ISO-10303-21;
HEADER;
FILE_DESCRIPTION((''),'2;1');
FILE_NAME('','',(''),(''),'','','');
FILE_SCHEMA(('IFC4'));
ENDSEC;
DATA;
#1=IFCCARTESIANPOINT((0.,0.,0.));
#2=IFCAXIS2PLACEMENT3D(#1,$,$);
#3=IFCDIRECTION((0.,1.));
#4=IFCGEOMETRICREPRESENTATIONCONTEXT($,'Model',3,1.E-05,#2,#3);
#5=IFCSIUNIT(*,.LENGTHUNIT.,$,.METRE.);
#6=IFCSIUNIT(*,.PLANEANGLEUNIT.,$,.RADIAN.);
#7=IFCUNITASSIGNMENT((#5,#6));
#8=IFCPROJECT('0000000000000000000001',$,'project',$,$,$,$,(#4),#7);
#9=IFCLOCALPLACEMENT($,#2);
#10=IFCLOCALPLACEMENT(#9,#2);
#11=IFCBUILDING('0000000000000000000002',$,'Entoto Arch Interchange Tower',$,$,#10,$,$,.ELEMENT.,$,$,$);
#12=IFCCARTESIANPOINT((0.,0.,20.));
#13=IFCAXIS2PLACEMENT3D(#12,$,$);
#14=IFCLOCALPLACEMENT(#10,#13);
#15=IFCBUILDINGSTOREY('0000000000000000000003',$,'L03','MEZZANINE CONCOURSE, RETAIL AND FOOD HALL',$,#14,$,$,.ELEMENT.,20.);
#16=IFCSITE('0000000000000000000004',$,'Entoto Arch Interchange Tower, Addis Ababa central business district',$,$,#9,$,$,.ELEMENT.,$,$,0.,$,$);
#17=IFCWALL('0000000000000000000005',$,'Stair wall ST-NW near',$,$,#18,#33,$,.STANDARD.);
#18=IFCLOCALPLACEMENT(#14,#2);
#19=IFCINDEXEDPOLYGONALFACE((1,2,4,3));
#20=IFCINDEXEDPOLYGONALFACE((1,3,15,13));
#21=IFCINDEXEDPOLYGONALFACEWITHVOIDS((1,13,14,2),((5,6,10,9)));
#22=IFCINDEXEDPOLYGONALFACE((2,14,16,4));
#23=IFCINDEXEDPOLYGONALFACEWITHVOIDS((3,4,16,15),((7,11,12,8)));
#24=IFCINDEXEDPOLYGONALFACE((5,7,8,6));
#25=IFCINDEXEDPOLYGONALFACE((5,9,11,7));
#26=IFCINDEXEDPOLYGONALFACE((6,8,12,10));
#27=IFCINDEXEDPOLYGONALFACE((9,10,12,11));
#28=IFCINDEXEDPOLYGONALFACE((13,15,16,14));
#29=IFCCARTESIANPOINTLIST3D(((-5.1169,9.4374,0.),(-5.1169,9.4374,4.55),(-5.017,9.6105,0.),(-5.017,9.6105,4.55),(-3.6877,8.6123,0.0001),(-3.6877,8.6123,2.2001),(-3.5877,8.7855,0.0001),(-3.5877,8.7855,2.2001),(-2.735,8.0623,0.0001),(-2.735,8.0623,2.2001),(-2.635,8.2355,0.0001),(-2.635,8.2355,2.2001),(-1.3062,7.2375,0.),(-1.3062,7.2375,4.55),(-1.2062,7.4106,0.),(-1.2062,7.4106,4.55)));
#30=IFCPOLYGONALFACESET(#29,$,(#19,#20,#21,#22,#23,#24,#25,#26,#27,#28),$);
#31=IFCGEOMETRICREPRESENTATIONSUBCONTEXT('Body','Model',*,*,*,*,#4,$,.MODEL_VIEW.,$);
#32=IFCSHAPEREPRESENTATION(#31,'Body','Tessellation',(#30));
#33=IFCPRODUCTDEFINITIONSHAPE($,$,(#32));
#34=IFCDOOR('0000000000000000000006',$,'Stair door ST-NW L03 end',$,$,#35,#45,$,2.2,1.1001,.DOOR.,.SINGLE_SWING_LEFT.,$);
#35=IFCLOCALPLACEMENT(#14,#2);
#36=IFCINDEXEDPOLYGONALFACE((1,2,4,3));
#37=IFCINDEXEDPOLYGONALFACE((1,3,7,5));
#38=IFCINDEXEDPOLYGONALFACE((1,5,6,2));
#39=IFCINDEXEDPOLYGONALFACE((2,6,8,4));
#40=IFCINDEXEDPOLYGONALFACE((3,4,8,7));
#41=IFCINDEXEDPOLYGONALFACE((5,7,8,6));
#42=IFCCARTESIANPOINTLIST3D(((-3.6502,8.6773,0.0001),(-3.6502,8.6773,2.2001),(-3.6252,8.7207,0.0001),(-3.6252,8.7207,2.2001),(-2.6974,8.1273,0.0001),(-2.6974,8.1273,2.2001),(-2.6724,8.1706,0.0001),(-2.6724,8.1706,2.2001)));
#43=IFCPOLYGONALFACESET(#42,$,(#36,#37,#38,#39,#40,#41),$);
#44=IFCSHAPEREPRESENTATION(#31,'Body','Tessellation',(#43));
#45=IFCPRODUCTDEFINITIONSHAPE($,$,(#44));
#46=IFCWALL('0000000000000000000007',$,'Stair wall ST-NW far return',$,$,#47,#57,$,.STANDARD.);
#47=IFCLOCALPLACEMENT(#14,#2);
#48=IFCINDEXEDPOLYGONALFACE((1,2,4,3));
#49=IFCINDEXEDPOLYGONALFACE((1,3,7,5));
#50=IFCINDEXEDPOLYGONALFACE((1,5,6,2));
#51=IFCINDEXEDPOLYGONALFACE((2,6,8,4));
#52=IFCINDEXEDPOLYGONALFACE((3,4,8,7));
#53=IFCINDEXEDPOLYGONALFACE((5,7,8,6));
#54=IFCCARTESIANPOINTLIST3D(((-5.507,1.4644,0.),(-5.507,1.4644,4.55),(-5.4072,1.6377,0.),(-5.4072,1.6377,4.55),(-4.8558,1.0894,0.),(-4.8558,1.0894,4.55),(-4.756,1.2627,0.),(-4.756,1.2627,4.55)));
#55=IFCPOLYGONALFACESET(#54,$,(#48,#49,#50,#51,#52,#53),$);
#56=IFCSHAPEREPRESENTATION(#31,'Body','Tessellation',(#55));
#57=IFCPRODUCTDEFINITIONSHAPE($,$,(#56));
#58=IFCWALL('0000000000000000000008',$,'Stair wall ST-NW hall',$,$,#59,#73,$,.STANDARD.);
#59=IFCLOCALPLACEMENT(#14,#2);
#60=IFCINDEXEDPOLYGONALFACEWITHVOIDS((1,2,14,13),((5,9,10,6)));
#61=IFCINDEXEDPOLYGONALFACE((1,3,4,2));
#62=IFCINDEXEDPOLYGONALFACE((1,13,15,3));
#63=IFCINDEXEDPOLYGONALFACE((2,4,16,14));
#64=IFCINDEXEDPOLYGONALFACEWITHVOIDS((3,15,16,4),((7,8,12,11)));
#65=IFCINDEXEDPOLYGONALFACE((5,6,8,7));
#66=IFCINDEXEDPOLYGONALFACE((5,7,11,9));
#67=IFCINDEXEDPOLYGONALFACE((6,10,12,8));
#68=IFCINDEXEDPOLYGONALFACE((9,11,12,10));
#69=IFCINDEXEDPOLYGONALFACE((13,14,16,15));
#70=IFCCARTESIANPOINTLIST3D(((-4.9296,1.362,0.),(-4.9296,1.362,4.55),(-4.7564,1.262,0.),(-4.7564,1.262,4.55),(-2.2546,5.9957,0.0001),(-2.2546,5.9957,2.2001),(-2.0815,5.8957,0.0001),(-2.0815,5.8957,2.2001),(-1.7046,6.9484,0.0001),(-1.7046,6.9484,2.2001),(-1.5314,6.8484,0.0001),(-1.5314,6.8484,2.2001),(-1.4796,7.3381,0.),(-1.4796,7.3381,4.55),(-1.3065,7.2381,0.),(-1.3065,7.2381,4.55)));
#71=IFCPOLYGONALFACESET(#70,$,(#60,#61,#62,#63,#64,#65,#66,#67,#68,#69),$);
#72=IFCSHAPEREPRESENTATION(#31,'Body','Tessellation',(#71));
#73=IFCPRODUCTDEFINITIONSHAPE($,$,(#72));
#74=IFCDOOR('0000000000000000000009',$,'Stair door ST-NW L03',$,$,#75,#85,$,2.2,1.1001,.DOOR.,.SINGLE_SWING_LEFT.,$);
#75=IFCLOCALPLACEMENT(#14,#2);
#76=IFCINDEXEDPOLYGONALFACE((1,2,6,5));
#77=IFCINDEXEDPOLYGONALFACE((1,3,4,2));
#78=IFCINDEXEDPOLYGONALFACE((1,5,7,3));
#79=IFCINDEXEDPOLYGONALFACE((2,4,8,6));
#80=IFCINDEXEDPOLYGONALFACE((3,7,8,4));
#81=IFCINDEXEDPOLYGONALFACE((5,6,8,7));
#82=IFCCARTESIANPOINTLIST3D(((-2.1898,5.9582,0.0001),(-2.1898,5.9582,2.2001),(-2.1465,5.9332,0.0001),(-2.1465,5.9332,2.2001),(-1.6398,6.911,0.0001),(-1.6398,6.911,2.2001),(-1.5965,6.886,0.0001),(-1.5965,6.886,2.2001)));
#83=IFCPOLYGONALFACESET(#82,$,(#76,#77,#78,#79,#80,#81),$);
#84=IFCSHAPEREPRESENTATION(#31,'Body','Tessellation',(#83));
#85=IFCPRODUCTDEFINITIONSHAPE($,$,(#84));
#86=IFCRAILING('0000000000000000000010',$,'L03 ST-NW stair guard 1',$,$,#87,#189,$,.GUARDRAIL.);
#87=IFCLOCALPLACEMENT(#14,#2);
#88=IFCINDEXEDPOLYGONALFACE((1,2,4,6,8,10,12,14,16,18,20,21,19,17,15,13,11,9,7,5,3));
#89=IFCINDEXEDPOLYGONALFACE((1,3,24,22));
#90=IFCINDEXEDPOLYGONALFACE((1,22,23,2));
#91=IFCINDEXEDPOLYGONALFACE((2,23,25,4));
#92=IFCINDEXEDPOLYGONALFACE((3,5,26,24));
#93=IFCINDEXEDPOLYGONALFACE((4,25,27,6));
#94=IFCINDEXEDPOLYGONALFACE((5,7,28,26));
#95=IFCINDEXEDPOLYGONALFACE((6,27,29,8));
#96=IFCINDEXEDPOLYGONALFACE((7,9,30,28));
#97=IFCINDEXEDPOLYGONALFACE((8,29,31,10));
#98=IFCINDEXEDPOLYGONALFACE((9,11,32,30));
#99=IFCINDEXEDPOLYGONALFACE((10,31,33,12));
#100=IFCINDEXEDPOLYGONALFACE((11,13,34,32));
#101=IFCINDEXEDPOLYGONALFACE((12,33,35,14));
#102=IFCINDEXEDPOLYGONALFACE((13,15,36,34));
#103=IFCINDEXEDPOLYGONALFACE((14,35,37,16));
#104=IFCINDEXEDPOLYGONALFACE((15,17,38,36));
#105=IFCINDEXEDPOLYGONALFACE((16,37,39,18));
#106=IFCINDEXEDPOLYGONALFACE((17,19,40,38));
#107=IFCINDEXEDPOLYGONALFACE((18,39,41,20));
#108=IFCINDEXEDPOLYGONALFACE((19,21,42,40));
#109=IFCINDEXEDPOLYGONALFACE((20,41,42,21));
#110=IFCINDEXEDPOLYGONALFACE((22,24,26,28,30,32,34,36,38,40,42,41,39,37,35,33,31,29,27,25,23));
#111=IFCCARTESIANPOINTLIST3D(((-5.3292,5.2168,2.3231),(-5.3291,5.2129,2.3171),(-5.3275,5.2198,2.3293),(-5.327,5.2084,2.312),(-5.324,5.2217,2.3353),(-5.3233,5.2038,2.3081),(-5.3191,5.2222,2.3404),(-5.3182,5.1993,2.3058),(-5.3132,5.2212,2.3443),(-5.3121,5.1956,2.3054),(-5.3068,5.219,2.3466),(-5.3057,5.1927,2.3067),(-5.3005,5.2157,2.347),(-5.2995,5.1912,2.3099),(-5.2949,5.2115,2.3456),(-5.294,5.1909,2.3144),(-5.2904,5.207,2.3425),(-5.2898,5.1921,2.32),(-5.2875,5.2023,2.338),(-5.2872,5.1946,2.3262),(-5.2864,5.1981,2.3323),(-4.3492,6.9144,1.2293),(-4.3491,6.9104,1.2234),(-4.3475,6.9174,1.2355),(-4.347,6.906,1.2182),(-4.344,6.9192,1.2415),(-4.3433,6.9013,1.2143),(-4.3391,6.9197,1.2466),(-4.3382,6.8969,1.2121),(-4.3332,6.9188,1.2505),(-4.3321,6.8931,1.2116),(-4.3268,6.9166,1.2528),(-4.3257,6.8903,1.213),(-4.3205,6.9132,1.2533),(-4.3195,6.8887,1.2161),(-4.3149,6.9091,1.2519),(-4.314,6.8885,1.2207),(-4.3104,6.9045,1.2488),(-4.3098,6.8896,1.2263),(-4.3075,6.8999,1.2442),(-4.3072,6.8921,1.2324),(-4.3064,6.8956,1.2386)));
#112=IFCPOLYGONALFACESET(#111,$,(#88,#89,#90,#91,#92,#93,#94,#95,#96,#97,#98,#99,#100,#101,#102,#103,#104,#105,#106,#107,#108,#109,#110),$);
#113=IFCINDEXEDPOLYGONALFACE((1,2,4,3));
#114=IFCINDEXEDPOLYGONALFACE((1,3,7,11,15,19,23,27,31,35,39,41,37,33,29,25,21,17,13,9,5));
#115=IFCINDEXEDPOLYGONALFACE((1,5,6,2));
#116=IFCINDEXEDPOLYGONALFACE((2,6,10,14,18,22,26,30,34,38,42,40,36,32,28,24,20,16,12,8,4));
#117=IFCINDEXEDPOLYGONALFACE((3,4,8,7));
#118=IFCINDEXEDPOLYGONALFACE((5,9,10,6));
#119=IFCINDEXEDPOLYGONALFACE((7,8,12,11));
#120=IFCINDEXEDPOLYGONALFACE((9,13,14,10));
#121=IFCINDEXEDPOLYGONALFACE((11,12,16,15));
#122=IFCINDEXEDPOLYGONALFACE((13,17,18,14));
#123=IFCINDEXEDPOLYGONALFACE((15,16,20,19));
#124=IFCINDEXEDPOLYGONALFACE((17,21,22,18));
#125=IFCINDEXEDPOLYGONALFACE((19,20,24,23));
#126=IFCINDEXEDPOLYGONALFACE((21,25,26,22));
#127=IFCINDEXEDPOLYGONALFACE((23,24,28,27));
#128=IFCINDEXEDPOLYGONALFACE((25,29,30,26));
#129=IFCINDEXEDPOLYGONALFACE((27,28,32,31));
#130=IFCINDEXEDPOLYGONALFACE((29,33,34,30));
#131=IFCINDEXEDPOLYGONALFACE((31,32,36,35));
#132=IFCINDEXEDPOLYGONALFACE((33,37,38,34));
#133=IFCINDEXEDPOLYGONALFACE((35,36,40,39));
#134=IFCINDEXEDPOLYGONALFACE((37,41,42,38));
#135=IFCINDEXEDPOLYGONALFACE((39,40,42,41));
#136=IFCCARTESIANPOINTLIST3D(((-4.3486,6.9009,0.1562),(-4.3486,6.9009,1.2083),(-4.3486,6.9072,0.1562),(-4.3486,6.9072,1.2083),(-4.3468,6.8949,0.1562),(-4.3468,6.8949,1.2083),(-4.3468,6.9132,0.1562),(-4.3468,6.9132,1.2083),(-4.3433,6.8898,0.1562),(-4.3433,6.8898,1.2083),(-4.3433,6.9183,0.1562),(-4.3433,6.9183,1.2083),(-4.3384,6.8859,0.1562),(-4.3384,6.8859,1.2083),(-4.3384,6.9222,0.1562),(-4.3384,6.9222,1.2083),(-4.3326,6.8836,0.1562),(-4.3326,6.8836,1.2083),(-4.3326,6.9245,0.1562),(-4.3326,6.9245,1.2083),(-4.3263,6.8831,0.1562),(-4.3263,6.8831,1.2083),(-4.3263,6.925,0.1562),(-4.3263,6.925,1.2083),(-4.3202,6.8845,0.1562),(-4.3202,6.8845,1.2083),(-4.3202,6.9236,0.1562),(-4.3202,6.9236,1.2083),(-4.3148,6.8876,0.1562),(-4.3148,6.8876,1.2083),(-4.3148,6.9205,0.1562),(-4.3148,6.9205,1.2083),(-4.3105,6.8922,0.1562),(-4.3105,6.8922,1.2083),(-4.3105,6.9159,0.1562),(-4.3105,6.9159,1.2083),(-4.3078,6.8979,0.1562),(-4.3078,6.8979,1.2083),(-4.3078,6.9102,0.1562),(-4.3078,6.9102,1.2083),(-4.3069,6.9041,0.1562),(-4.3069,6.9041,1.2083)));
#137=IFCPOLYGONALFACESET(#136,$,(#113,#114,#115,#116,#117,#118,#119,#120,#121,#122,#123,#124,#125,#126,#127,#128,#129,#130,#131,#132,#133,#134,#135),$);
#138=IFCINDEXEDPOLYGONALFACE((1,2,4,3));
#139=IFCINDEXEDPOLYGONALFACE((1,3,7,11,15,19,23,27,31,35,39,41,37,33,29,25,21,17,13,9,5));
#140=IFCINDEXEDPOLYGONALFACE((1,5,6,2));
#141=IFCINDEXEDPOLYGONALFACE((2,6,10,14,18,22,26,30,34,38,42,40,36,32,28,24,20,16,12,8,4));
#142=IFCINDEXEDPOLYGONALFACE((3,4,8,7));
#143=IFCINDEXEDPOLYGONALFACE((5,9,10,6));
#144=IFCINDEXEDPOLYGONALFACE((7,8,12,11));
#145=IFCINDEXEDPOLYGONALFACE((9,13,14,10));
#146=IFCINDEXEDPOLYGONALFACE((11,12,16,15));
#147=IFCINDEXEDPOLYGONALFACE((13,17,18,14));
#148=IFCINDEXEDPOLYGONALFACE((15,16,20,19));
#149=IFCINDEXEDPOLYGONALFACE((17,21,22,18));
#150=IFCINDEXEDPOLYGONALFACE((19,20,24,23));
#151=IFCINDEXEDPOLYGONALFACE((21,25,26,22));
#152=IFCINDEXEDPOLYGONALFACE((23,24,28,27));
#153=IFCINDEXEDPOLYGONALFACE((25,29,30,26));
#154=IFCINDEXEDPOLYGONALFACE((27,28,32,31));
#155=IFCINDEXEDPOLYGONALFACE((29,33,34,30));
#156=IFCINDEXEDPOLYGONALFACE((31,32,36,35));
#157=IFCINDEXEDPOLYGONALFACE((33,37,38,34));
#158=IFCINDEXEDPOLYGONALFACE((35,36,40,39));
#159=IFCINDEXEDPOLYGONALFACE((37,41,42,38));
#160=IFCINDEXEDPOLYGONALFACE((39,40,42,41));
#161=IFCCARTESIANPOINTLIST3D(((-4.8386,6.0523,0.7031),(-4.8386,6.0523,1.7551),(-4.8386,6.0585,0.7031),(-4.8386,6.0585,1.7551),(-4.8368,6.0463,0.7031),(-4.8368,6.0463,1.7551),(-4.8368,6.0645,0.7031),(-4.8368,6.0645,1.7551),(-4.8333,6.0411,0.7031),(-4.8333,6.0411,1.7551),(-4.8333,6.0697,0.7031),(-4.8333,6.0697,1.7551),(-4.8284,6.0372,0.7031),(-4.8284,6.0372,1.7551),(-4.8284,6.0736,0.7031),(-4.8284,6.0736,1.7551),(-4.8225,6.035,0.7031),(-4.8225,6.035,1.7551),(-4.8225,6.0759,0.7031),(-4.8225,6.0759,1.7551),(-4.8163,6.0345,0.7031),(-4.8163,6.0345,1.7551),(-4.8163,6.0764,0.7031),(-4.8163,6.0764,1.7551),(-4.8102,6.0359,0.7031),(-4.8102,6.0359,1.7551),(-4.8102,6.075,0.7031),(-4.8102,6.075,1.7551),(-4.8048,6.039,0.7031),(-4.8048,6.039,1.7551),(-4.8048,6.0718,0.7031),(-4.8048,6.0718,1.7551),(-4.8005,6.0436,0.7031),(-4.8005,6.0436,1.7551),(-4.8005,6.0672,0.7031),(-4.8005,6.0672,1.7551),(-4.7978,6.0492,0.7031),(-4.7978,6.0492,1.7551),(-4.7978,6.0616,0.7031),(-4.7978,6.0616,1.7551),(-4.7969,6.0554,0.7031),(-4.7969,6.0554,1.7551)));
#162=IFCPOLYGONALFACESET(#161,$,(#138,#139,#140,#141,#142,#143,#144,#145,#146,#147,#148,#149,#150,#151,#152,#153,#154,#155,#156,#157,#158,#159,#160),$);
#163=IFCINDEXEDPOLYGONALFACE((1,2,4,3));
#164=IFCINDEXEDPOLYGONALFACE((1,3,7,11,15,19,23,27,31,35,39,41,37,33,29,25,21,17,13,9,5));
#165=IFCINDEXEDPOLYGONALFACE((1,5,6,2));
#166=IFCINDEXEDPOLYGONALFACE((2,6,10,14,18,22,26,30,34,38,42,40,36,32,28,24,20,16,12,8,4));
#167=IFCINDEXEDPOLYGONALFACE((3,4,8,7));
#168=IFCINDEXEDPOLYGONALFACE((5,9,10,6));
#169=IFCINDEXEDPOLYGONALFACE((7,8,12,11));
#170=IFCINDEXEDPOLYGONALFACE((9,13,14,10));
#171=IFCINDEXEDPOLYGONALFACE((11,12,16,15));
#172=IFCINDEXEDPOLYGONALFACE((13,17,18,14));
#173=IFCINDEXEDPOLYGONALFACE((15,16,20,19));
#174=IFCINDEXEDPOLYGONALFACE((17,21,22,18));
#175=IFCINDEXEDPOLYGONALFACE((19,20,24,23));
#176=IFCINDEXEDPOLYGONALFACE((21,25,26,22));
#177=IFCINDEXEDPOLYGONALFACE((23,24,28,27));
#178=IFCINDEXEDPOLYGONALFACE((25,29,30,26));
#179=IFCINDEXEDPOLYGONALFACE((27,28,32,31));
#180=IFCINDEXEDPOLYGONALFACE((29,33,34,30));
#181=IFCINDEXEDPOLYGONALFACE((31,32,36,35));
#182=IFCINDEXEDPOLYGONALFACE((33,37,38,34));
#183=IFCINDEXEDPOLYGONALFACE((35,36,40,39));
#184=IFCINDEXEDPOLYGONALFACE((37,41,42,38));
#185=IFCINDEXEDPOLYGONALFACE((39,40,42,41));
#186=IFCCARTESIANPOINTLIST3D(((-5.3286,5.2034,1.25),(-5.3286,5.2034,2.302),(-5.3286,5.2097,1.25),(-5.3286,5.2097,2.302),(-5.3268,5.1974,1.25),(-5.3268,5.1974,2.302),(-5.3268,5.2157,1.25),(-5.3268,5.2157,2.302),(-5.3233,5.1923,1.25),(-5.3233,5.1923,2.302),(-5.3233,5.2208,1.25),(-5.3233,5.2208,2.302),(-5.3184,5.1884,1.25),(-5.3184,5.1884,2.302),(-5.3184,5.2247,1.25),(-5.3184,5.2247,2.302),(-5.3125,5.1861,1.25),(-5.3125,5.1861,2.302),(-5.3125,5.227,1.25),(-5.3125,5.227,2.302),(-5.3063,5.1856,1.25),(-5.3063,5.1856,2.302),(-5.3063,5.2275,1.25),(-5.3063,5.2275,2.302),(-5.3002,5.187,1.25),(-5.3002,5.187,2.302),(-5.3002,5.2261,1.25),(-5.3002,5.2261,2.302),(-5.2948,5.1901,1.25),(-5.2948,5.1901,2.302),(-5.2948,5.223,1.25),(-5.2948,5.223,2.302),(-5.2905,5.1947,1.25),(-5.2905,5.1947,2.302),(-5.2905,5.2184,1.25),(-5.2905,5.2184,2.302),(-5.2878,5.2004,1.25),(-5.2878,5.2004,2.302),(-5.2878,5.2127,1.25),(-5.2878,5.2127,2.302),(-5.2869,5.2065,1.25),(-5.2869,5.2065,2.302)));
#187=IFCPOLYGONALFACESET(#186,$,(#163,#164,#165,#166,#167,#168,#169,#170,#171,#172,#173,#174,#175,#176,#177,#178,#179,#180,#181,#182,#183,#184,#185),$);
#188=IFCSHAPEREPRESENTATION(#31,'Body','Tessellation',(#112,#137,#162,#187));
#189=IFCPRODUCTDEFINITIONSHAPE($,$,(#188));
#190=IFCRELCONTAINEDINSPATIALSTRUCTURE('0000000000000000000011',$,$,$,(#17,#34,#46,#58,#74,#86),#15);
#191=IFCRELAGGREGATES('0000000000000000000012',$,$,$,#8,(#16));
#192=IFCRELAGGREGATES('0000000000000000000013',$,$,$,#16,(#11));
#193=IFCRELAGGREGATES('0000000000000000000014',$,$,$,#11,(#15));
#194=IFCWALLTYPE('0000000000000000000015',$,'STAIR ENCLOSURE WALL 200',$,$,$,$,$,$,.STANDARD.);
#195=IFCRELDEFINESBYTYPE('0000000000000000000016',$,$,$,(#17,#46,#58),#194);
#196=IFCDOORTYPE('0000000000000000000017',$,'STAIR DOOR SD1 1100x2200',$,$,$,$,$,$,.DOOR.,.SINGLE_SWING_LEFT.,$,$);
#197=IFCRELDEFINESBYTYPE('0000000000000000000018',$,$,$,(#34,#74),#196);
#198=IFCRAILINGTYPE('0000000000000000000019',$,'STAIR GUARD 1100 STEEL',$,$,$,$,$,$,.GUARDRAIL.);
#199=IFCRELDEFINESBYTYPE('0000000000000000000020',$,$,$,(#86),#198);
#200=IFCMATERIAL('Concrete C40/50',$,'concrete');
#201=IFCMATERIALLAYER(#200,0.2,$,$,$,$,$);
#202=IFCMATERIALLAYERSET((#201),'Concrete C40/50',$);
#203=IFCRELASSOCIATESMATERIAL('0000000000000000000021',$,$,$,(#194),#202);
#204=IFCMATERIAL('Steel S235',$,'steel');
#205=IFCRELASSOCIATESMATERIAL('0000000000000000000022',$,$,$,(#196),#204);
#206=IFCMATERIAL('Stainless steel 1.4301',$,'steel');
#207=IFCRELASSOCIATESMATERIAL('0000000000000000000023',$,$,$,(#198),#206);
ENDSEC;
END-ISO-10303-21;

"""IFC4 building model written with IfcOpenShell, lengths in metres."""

from ifc_helpers import new_model, si_unit, direction, frame, frame_2d, origin, origin_2d, place, context, subcontext, project, spatial, rectangle, circle, extrude, material, layer, layer_set, type_object, element, fill, save


model = new_model("IFC4")

# Units and contexts
model_context = context("Model", 3, precision=1e-05, world=origin(), true_north=direction((0.0, 1.0)))
body_context = subcontext(model_context, "Body", "Model", "MODEL_VIEW")
ifc_project = project(units=[si_unit("LENGTHUNIT", "METRE"), si_unit("PLANEANGLEUNIT", "RADIAN")], contexts=[model_context])

# Site, building, storey
site_placement = place(None, origin())
site = spatial("IfcSite", under=ifc_project, at=site_placement, Name="Entoto Arch Interchange Tower, Addis Ababa central business district", CompositionType="ELEMENT", RefElevation=0.0)
building_placement = place(site_placement, origin())
building = spatial("IfcBuilding", under=site, at=building_placement, Name="Entoto Arch Interchange Tower", CompositionType="ELEMENT")
storey_placement = place(building_placement, frame((0.0, 0.0, 20.0)))
storey = spatial("IfcBuildingStorey", under=building, at=storey_placement, Name="L03", Description="MEZZANINE CONCOURSE, RETAIL AND FOOD HALL", CompositionType="ELEMENT", Elevation=20.0)

# Wall, opening, door
ifc_material_1 = material(Name="Concrete C40/50", Category="concrete")
ifc_layer_1 = layer(ifc_material_1, 0.2)
ifc_layer_set_1 = layer_set([ifc_layer_1], Name="Concrete C40/50")
wall_type_1 = type_object("IfcWallType", Name="STAIR ENCLOSURE WALL 200", PredefinedType="STANDARD", material=ifc_layer_set_1)
wall_1_placement = place(storey_placement, frame((-1.2561, 7.324, 0.0), z_axis=(0.0, 0.0, 1.0), x_axis=(-0.866046, 0.499964, 0.0)))
wall_1 = element("IfcWall", 1, at=wall_1_placement, inside=storey, type_object=wall_type_1, Name="Stair wall ST-NW near", PredefinedType="STANDARD", context=body_context, shape_type="SweptSolid", body=[
    extrude(rectangle(XDim=4.4001, YDim=0.2, at=frame_2d((2.2002, 0.0))), origin(), (0.0, 0.0, 1.0), 4.55),
])
opening_1_placement = place(wall_1_placement, frame((1.6499, 0.0, 0.0)))
opening_1 = element("IfcOpeningElement", 2, at=opening_1_placement, cuts=wall_1, PredefinedType="OPENING", context=body_context, shape_type="SweptSolid", body=[
    extrude(rectangle(XDim=1.1001, YDim=2.2, at=frame_2d((0.55, 1.1001))), frame((0.0, 0.1099, 0.0), z_axis=(0.0, -1.0, 0.0), x_axis=(1.0, 0.0, 0.0)), (0.0, 0.0, 1.0), 0.22),
])
ifc_material_2 = material(Name="Steel S235", Category="steel")
door_type_1 = type_object("IfcDoorType", Name="STAIR DOOR SD1 1100x2200", OperationType="SINGLE_SWING_LEFT", PredefinedType="DOOR", material=ifc_material_2)
door_1_placement = place(opening_1_placement, origin())
door_1 = element("IfcDoor", 3, at=door_1_placement, inside=storey, type_object=door_type_1, Name="Stair door ST-NW L03 end", OperationType="SINGLE_SWING_LEFT", OverallHeight=2.2, OverallWidth=1.1001, PredefinedType="DOOR", context=body_context, shape_type="SweptSolid", body=[
    extrude(rectangle(XDim=1.1001, YDim=2.2, at=frame_2d((0.55, 1.1001))), frame((0.0, 0.0249, 0.0), z_axis=(0.0, -1.0, 0.0), x_axis=(1.0, 0.0, 0.0)), (0.0, 0.0, 1.0), 0.05),
])
fill(opening_1, door_1)

# Wall
wall_2_placement = place(storey_placement, frame((-4.8059, 1.176, 0.0), z_axis=(0.0, 0.0, 1.0), x_axis=(-0.866559, 0.499075, 0.0)))
element("IfcWall", 4, at=wall_2_placement, inside=storey, type_object=wall_type_1, Name="Stair wall ST-NW far return", PredefinedType="STANDARD", context=body_context, shape_type="SweptSolid", body=[
    extrude(rectangle(XDim=0.7515, YDim=0.2, at=frame_2d((0.3757, 0.0))), origin(), (0.0, 0.0, 1.0), 4.55),
])

# Wall, opening, door
wall_3_placement = place(storey_placement, frame((-1.3931, 7.2881, 0.0), z_axis=(0.0, 0.0, 1.0), x_axis=(-0.499963, -0.866047, 0.0)))
wall_3 = element("IfcWall", 5, at=wall_3_placement, inside=storey, type_object=wall_type_1, Name="Stair wall ST-NW hall", PredefinedType="STANDARD", context=body_context, shape_type="SweptSolid", body=[
    extrude(rectangle(XDim=6.9004, YDim=0.2, at=frame_2d((3.4502, 0.0))), origin(), (0.0, 0.0, 1.0), 4.55),
])
opening_2_placement = place(wall_3_placement, frame((0.45, 0.0, 0.0)))
opening_2 = element("IfcOpeningElement", 6, at=opening_2_placement, cuts=wall_3, PredefinedType="OPENING", context=body_context, shape_type="SweptSolid", body=[
    extrude(rectangle(XDim=1.1001, YDim=2.2, at=frame_2d((0.55, 1.1001))), frame((0.0, 0.1099, 0.0), z_axis=(0.0, -1.0, 0.0), x_axis=(1.0, 0.0, 0.0)), (0.0, 0.0, 1.0), 0.22),
])
door_2_placement = place(opening_2_placement, origin())
door_2 = element("IfcDoor", 7, at=door_2_placement, inside=storey, type_object=door_type_1, Name="Stair door ST-NW L03", OperationType="SINGLE_SWING_LEFT", OverallHeight=2.2, OverallWidth=1.1001, PredefinedType="DOOR", context=body_context, shape_type="SweptSolid", body=[
    extrude(rectangle(XDim=1.1001, YDim=2.2, at=frame_2d((0.55, 1.1001))), frame((0.0, 0.0249, 0.0), z_axis=(0.0, -1.0, 0.0), x_axis=(1.0, 0.0, 0.0)), (0.0, 0.0, 1.0), 0.05),
])
fill(opening_2, door_2)

# Railing
ifc_material_3 = material(Name="Stainless steel 1.4301", Category="steel")
railing_type_1 = type_object("IfcRailingType", Name="STAIR GUARD 1100 STEEL", PredefinedType="GUARDRAIL", material=ifc_material_3)
railing_1_placement = place(storey_placement, frame((-4.3279, 6.9041, 0.1562)))
element("IfcRailing", 8, at=railing_1_placement, inside=storey, type_object=railing_type_1, Name="L03 ST-NW stair guard 1", PredefinedType="GUARDRAIL", context=body_context, shape_type="SweptSolid", body=[
    extrude(circle(Radius=0.0239, at=origin_2d()), frame((0.0, 0.0, 1.0762), z_axis=(-0.436596, -0.756267, 0.487282), x_axis=(0.866042, -0.49997, 0.0)), (0.0, 0.0, 1.0), 2.2446),
    extrude(circle(Radius=0.021, at=origin_2d()), origin(), (0.0, 0.0, 1.0), 1.052),
    extrude(circle(Radius=0.021, at=origin_2d()), frame((-0.49, -0.8486, 0.5469)), (0.0, 0.0, 1.0), 1.052),
    extrude(circle(Radius=0.021, at=origin_2d()), frame((-0.98, -1.6975, 1.0938)), (0.0, 0.0, 1.0), 1.052),
])

save(model, "model.ifc")
